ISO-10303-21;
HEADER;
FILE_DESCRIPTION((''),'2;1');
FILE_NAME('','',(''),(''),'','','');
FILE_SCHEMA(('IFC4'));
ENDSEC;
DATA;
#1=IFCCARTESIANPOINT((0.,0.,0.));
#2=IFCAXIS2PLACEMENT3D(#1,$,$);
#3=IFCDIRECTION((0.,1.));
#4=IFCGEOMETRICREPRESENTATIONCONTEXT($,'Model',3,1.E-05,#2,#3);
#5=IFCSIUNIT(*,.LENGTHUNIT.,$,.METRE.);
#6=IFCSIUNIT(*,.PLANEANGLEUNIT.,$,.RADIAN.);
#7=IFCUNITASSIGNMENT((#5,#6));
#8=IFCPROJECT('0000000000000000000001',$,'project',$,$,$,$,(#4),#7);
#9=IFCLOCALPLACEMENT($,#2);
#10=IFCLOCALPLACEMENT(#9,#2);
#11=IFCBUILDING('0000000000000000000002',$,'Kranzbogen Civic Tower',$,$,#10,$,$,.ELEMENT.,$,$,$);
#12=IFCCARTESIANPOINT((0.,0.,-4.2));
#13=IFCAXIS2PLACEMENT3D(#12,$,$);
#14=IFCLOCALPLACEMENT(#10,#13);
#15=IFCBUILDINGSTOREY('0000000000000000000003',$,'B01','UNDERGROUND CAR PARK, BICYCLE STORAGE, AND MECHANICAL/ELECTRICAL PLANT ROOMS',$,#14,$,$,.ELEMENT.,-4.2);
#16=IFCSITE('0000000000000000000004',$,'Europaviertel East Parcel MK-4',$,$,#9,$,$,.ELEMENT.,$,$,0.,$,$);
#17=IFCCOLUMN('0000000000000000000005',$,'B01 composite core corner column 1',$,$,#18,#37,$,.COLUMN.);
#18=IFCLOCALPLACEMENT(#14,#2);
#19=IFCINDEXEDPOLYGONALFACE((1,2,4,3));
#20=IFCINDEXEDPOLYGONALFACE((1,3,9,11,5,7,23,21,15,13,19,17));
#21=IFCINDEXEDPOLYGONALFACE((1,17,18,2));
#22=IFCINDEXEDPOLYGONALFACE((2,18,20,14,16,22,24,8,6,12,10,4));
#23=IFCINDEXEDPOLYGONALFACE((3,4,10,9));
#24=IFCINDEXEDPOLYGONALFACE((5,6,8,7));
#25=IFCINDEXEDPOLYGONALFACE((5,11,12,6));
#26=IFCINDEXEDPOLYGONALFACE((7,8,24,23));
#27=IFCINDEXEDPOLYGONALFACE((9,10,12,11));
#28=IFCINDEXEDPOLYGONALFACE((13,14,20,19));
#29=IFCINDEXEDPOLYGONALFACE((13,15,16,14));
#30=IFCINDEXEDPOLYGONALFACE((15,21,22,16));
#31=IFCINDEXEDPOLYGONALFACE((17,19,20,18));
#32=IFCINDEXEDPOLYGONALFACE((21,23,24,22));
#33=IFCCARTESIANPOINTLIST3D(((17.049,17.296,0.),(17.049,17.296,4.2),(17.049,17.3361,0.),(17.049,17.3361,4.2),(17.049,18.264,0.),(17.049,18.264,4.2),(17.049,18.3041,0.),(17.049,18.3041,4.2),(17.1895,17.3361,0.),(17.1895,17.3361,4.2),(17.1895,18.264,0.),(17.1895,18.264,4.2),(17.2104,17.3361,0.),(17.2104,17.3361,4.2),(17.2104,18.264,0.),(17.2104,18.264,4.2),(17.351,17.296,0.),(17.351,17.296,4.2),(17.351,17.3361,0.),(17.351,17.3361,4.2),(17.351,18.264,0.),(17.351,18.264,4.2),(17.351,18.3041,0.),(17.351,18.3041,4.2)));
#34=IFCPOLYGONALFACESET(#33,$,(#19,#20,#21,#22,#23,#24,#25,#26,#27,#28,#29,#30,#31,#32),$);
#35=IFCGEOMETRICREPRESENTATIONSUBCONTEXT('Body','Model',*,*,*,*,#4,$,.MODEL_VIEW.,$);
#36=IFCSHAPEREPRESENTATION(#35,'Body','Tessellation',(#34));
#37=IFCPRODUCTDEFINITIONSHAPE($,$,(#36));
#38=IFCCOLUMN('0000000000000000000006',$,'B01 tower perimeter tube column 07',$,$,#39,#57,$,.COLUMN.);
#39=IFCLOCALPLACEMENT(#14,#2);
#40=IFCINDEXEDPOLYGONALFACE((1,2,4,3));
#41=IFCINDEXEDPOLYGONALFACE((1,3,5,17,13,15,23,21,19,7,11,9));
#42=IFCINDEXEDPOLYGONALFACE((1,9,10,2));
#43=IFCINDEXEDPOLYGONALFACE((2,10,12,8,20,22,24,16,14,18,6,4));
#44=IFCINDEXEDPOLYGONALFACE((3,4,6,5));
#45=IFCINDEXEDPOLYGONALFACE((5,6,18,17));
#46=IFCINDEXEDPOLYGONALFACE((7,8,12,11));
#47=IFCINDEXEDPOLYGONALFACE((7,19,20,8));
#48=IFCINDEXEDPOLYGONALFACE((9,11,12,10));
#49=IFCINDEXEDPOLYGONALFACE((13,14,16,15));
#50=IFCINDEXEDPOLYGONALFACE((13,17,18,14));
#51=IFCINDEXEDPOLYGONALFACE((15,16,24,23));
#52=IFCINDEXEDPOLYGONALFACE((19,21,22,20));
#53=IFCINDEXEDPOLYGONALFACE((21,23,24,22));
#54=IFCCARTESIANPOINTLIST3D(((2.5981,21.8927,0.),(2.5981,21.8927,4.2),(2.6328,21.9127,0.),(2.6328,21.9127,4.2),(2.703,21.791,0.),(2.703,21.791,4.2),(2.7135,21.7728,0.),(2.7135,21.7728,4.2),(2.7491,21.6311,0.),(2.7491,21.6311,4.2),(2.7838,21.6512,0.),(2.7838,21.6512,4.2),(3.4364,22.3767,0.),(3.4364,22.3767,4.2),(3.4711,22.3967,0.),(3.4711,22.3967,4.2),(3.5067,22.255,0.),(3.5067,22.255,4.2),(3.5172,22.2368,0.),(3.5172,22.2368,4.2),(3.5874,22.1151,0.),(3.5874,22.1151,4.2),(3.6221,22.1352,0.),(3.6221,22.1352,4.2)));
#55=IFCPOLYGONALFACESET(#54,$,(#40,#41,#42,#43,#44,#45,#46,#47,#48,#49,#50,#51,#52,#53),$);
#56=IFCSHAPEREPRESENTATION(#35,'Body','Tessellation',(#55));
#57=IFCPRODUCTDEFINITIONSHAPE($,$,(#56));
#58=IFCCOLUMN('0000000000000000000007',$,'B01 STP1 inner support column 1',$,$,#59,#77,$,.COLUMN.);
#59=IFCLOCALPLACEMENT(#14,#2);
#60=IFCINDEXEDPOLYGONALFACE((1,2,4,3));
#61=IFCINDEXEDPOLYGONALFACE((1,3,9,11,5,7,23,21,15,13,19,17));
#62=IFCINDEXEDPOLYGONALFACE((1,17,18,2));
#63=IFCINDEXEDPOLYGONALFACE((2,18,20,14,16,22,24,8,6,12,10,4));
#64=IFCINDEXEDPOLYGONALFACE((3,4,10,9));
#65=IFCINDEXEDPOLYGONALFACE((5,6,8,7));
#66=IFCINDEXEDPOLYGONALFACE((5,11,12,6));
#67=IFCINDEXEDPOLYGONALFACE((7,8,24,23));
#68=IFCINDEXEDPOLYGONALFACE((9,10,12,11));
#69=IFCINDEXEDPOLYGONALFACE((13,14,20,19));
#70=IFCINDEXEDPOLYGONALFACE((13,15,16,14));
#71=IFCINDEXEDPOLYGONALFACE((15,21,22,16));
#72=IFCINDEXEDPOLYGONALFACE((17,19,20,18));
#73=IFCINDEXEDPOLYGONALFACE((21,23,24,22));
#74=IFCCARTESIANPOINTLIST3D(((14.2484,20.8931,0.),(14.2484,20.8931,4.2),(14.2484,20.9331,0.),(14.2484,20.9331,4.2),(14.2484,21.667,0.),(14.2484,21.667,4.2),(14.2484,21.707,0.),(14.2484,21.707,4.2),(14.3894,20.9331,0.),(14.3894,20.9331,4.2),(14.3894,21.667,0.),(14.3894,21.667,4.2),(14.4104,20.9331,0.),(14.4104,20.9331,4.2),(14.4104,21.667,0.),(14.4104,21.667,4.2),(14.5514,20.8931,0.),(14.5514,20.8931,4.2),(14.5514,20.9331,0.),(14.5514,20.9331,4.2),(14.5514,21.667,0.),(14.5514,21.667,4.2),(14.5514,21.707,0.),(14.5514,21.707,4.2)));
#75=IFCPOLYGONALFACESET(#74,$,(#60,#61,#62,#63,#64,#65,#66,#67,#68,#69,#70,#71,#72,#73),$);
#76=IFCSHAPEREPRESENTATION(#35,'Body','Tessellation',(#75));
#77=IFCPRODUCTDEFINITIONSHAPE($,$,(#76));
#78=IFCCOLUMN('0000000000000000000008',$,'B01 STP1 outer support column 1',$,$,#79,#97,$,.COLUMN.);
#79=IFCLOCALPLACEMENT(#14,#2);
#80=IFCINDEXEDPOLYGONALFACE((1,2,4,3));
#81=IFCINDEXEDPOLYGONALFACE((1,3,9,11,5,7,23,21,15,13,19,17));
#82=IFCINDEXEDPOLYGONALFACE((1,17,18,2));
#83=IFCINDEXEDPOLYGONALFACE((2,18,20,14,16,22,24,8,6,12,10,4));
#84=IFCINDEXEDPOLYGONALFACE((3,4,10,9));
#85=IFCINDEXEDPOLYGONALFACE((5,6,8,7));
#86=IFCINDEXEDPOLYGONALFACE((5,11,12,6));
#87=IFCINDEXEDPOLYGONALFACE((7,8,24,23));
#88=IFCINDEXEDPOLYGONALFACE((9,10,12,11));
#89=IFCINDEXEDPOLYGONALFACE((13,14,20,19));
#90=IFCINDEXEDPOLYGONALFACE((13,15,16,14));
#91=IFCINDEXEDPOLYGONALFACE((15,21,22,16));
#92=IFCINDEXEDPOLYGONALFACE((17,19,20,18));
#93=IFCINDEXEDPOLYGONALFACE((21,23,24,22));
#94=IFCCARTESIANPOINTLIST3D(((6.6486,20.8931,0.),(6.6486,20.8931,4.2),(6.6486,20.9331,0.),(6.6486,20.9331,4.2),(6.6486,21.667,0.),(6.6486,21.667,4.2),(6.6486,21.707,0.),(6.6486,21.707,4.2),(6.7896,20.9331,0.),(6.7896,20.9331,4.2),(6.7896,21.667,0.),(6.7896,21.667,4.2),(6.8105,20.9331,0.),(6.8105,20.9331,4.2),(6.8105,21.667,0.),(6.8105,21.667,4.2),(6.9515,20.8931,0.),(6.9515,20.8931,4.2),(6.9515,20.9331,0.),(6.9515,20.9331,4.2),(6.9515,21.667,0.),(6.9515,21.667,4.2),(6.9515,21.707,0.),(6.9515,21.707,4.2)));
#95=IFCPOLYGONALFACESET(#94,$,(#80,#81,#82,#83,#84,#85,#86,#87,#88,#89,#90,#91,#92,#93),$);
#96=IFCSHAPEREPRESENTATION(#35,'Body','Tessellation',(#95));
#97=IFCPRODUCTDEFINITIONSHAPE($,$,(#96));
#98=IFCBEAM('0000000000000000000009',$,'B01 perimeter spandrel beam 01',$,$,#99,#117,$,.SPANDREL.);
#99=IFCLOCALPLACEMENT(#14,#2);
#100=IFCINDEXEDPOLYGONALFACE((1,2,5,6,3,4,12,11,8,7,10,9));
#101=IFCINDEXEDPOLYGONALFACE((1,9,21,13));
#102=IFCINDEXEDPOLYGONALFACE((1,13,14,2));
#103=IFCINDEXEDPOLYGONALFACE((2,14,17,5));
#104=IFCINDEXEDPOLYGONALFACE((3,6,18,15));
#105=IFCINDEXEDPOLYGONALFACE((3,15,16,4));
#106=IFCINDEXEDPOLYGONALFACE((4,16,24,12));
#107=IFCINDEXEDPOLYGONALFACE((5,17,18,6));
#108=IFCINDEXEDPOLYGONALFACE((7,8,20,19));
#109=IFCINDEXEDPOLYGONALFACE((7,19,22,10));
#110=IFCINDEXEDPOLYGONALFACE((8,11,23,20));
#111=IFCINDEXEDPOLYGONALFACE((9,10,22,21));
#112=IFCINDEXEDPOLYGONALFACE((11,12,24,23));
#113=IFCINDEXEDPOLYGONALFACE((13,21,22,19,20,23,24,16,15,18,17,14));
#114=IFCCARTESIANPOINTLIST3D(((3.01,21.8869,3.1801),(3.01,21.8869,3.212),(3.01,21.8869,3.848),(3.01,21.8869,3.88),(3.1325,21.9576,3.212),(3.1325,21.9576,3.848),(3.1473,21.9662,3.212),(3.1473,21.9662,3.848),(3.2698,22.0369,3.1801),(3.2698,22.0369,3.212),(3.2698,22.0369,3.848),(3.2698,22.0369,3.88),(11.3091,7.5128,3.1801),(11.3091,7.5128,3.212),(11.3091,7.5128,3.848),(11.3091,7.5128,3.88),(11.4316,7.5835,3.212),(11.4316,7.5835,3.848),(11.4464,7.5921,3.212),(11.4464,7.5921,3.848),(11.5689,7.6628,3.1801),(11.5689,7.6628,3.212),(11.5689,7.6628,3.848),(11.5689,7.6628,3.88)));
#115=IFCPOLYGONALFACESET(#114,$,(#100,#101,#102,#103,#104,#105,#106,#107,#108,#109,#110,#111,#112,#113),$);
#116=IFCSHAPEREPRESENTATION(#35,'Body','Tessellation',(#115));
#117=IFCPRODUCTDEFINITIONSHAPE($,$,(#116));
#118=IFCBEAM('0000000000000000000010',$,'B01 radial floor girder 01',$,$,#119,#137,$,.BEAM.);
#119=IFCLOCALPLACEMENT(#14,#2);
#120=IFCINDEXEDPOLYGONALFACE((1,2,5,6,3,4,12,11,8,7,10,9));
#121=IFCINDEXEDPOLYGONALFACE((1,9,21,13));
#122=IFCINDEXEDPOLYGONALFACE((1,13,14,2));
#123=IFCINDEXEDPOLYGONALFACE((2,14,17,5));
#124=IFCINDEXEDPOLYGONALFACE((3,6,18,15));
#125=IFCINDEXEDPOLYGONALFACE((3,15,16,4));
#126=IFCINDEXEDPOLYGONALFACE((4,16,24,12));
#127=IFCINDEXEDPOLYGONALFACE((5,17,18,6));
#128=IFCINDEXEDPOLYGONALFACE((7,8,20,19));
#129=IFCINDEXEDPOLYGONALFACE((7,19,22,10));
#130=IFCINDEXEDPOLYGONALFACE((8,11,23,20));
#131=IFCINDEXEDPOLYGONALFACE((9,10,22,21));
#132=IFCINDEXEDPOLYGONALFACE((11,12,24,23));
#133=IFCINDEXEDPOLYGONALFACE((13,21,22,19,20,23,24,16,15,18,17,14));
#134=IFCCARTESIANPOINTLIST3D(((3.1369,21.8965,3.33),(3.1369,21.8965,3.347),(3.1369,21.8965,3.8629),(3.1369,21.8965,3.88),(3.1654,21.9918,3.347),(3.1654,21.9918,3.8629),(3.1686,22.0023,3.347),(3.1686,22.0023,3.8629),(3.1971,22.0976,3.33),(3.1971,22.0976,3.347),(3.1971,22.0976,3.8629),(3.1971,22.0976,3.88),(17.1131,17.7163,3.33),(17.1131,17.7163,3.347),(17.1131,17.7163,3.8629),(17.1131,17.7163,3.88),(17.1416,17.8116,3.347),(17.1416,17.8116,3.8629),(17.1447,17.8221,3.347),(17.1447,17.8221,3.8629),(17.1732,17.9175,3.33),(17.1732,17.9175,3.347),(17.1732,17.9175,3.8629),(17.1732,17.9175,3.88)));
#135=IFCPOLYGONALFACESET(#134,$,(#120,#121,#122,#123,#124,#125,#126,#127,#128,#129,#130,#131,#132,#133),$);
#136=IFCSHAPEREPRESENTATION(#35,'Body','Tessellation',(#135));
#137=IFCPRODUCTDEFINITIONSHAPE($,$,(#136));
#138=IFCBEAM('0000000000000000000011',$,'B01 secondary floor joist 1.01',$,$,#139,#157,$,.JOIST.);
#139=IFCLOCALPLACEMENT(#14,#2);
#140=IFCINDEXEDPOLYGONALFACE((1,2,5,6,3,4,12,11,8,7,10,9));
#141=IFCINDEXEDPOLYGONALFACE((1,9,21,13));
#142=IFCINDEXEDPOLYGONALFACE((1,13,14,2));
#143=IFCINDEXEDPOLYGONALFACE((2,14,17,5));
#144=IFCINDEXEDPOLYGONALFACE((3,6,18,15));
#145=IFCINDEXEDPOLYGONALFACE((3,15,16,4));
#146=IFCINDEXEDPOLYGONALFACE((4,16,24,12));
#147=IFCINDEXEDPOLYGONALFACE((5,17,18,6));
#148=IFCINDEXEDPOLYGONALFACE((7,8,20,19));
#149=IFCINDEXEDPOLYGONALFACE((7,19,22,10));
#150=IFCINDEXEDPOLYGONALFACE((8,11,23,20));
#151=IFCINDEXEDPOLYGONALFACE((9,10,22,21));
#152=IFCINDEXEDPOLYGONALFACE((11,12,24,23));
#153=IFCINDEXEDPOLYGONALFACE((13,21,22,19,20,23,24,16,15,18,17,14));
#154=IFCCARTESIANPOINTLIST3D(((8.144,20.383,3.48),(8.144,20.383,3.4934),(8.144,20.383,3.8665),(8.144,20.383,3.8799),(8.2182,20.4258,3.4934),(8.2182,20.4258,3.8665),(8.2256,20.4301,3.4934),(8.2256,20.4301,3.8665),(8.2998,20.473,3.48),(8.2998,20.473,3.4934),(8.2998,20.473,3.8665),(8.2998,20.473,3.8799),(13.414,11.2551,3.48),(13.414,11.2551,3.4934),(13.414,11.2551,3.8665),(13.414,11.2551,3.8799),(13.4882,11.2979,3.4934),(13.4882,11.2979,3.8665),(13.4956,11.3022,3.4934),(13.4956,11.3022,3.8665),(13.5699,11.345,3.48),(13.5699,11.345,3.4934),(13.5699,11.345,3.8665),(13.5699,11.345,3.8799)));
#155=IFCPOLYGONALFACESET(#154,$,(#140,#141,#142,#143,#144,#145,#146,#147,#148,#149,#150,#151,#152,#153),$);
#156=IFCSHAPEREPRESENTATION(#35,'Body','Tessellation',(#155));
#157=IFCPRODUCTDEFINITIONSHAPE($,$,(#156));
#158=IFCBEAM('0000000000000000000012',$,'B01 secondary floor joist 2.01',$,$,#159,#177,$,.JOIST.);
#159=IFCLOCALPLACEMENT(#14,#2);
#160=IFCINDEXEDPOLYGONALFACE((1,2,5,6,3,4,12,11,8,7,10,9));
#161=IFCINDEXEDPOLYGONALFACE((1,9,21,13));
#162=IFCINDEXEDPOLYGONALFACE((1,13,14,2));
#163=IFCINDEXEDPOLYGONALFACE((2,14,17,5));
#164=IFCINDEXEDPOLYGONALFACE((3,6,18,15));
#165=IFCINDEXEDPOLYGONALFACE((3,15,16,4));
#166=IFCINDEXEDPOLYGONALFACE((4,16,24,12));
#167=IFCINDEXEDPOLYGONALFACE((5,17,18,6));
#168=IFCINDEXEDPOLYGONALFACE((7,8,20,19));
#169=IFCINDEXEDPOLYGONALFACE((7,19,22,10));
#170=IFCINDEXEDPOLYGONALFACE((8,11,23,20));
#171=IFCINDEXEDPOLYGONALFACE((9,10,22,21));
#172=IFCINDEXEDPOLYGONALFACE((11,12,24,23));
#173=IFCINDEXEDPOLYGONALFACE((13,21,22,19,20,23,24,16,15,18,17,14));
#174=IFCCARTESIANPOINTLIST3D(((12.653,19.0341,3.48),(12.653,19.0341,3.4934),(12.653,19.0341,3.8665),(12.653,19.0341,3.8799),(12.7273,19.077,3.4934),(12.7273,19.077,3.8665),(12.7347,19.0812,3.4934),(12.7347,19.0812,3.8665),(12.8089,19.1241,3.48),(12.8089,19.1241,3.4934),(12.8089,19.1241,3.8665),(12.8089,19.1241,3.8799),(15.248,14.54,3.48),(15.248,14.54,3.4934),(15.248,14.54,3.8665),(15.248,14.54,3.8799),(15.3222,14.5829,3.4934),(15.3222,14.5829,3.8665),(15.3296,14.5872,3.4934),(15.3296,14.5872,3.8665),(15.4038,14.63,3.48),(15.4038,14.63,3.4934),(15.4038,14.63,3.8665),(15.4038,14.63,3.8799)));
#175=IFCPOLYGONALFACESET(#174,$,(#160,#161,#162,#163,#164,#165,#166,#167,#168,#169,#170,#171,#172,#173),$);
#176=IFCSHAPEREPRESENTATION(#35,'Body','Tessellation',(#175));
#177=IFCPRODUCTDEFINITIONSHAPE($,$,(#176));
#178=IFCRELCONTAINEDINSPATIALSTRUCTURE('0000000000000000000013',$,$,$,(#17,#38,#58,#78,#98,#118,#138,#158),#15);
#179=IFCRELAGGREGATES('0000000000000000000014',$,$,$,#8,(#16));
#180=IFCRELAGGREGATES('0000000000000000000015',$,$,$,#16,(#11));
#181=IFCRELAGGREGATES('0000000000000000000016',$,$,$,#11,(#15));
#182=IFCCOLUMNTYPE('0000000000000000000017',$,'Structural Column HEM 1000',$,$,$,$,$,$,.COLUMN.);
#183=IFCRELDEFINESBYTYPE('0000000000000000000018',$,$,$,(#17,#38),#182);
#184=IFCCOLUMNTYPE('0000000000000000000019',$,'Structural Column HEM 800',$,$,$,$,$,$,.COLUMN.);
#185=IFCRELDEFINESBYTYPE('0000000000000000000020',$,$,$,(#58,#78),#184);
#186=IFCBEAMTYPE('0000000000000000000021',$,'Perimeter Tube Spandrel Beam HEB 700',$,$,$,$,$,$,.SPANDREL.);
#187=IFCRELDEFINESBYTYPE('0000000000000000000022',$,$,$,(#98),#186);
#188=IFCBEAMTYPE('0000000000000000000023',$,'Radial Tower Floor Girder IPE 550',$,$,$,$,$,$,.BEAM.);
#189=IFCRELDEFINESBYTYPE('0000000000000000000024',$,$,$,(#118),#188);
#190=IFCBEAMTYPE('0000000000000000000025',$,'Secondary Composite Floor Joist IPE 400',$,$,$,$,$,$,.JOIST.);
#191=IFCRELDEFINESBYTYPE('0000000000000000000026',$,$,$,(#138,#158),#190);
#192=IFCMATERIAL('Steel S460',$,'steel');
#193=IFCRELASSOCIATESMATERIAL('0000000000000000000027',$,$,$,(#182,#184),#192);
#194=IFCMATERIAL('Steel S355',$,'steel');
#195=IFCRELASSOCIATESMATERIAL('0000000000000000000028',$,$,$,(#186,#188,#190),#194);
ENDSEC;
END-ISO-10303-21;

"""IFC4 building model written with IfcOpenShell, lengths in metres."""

from ifc_helpers import new_model, si_unit, direction, frame, origin, origin_2d, place, context, subcontext, project, spatial, i_section, extrude, material, material_profile, profile_set, type_object, element, save


model = new_model("IFC4")

# Units and contexts
model_context = context("Model", 3, precision=1e-05, world=origin(), true_north=direction((0.0, 1.0)))
body_context = subcontext(model_context, "Body", "Model", "MODEL_VIEW")
ifc_project = project(units=[si_unit("LENGTHUNIT", "METRE"), si_unit("PLANEANGLEUNIT", "RADIAN")], contexts=[model_context])

# Site, building, storey
site_placement = place(None, origin())
site = spatial("IfcSite", under=ifc_project, at=site_placement, Name="Europaviertel East Parcel MK-4", CompositionType="ELEMENT", RefElevation=0.0)
building_placement = place(site_placement, origin())
building = spatial("IfcBuilding", under=site, at=building_placement, Name="Kranzbogen Civic Tower", CompositionType="ELEMENT")
storey_placement = place(building_placement, frame((0.0, 0.0, -4.2)))
storey = spatial("IfcBuildingStorey", under=building, at=storey_placement, Name="B01", Description="UNDERGROUND CAR PARK, BICYCLE STORAGE, AND MECHANICAL/ELECTRICAL PLANT ROOMS", CompositionType="ELEMENT", Elevation=-4.2)

# Columns
ifc_material_1 = material(Name="Steel S460", Category="steel")
ifc_material_profile_1 = material_profile(ifc_material_1, i_section(OverallWidth=0.302, OverallDepth=1.0081, WebThickness=0.021, FlangeThickness=0.04, at=origin_2d()), Name="HEM 1000")
ifc_profile_set_1 = profile_set([ifc_material_profile_1], Name="Steel S460")
column_type_1 = type_object("IfcColumnType", Name="Structural Column HEM 1000", PredefinedType="COLUMN", material=ifc_profile_set_1)
for number, where, z_axis, x_axis, name in (
    (1, (17.2, 17.8, 0.0), (0.0, 0.0, 1.0), (1.0, 0.0, 0.0), "B01 composite core corner column 1"),
    (2, (3.1101, 22.0139, 0.0), (0.0, 0.0, 1.0), (-0.5, 0.866025, 0.0), "B01 tower perimeter tube column 07"),
):
    element("IfcColumn", number, at=place(storey_placement, frame(where, z_axis=z_axis, x_axis=x_axis)), inside=storey, type_object=column_type_1, Name=name, PredefinedType="COLUMN", context=body_context, shape_type="SweptSolid", body=[
        extrude(i_section(OverallWidth=0.302, OverallDepth=1.0081, WebThickness=0.021, FlangeThickness=0.04, at=origin_2d()), origin(), (0.0, 0.0, 1.0), 4.2),
    ])
ifc_material_profile_2 = material_profile(ifc_material_1, i_section(OverallWidth=0.303, OverallDepth=0.814, WebThickness=0.021, FlangeThickness=0.04, at=origin_2d()), Name="HEM 800")
ifc_profile_set_2 = profile_set([ifc_material_profile_2], Name="Steel S460")
column_type_2 = type_object("IfcColumnType", Name="Structural Column HEM 800", PredefinedType="COLUMN", material=ifc_profile_set_2)
for number, where, z_axis, x_axis, name in (
    (3, (14.3999, 21.3, 0.0), (0.0, 0.0, 1.0), (1.0, 0.0, 0.0), "B01 STP1 inner support column 1"),
    (4, (6.8, 21.3, 0.0), (0.0, 0.0, 1.0), (1.0, 0.0, 0.0), "B01 STP1 outer support column 1"),
):
    element("IfcColumn", number, at=place(storey_placement, frame(where, z_axis=z_axis, x_axis=x_axis)), inside=storey, type_object=column_type_2, Name=name, PredefinedType="COLUMN", context=body_context, shape_type="SweptSolid", body=[
        extrude(i_section(OverallWidth=0.303, OverallDepth=0.814, WebThickness=0.021, FlangeThickness=0.04, at=origin_2d()), origin(), (0.0, 0.0, 1.0), 4.2),
    ])

# Beams
ifc_material_2 = material(Name="Steel S355", Category="steel")
ifc_material_profile_3 = material_profile(ifc_material_2, i_section(OverallWidth=0.3, OverallDepth=0.7, WebThickness=0.0171, FlangeThickness=0.032, at=origin_2d()), Name="HEB 700")
ifc_profile_set_3 = profile_set([ifc_material_profile_3], Name="Steel S355")
beam_type_1 = type_object("IfcBeamType", Name="Perimeter Tube Spandrel Beam HEB 700", PredefinedType="SPANDREL", material=ifc_profile_set_3)
beam_1_placement = place(storey_placement, frame((3.1399, 21.9619, 3.53), z_axis=(0.50001, -0.86602, 0.0), x_axis=(0.86602, 0.50001, 0.0)))
element("IfcBeam", 5, at=beam_1_placement, inside=storey, type_object=beam_type_1, Name="B01 perimeter spandrel beam 01", PredefinedType="SPANDREL", context=body_context, shape_type="SweptSolid", body=[
    extrude(i_section(OverallWidth=0.3, OverallDepth=0.7, WebThickness=0.0171, FlangeThickness=0.032, at=origin_2d()), origin(), (0.0, 0.0, 1.0), 16.5979),
])
ifc_material_profile_4 = material_profile(ifc_material_2, i_section(OverallWidth=0.21, OverallDepth=0.55, WebThickness=0.011, FlangeThickness=0.0171, at=origin_2d()), Name="IPE 550")
ifc_profile_set_4 = profile_set([ifc_material_profile_4], Name="Steel S355")
beam_type_2 = type_object("IfcBeamType", Name="Radial Tower Floor Girder IPE 550", PredefinedType="BEAM", material=ifc_profile_set_4)
beam_2_placement = place(storey_placement, frame((3.167, 21.9971, 3.605), z_axis=(0.958065, -0.286552, 0.0), x_axis=(0.286552, 0.958065, 0.0)))
element("IfcBeam", 6, at=beam_2_placement, inside=storey, type_object=beam_type_2, Name="B01 radial floor girder 01", PredefinedType="BEAM", context=body_context, shape_type="SweptSolid", body=[
    extrude(i_section(OverallWidth=0.21, OverallDepth=0.55, WebThickness=0.011, FlangeThickness=0.0171, at=origin_2d()), origin(), (0.0, 0.0, 1.0), 14.5879),
])
ifc_material_profile_5 = material_profile(ifc_material_2, i_section(OverallWidth=0.1799, OverallDepth=0.3999, WebThickness=0.0085, FlangeThickness=0.0134, at=origin_2d()), Name="IPE 400")
ifc_profile_set_5 = profile_set([ifc_material_profile_5], Name="Steel S355")
beam_type_3 = type_object("IfcBeamType", Name="Secondary Composite Floor Joist IPE 400", PredefinedType="JOIST", material=ifc_profile_set_5)
beam_3_placement = place(storey_placement, frame((8.2219, 20.428, 3.6799), z_axis=(0.5, -0.866025, 0.0), x_axis=(0.866025, 0.5, 0.0)))
element("IfcBeam", 7, at=beam_3_placement, inside=storey, type_object=beam_type_3, Name="B01 secondary floor joist 1.01", PredefinedType="JOIST", context=body_context, shape_type="SweptSolid", body=[
    extrude(i_section(OverallWidth=0.1799, OverallDepth=0.3999, WebThickness=0.0085, FlangeThickness=0.0134, at=origin_2d()), origin(), (0.0, 0.0, 1.0), 10.54),
])
beam_4_placement = place(storey_placement, frame((12.731, 19.0791, 3.6799), z_axis=(0.50004, -0.866002, 0.0), x_axis=(0.866002, 0.50004, 0.0)))
element("IfcBeam", 8, at=beam_4_placement, inside=storey, type_object=beam_type_3, Name="B01 secondary floor joist 2.01", PredefinedType="JOIST", context=body_context, shape_type="SweptSolid", body=[
    extrude(i_section(OverallWidth=0.1799, OverallDepth=0.3999, WebThickness=0.0085, FlangeThickness=0.0134, at=origin_2d()), origin(), (0.0, 0.0, 1.0), 5.1895),
])

save(model, "model.ifc")
